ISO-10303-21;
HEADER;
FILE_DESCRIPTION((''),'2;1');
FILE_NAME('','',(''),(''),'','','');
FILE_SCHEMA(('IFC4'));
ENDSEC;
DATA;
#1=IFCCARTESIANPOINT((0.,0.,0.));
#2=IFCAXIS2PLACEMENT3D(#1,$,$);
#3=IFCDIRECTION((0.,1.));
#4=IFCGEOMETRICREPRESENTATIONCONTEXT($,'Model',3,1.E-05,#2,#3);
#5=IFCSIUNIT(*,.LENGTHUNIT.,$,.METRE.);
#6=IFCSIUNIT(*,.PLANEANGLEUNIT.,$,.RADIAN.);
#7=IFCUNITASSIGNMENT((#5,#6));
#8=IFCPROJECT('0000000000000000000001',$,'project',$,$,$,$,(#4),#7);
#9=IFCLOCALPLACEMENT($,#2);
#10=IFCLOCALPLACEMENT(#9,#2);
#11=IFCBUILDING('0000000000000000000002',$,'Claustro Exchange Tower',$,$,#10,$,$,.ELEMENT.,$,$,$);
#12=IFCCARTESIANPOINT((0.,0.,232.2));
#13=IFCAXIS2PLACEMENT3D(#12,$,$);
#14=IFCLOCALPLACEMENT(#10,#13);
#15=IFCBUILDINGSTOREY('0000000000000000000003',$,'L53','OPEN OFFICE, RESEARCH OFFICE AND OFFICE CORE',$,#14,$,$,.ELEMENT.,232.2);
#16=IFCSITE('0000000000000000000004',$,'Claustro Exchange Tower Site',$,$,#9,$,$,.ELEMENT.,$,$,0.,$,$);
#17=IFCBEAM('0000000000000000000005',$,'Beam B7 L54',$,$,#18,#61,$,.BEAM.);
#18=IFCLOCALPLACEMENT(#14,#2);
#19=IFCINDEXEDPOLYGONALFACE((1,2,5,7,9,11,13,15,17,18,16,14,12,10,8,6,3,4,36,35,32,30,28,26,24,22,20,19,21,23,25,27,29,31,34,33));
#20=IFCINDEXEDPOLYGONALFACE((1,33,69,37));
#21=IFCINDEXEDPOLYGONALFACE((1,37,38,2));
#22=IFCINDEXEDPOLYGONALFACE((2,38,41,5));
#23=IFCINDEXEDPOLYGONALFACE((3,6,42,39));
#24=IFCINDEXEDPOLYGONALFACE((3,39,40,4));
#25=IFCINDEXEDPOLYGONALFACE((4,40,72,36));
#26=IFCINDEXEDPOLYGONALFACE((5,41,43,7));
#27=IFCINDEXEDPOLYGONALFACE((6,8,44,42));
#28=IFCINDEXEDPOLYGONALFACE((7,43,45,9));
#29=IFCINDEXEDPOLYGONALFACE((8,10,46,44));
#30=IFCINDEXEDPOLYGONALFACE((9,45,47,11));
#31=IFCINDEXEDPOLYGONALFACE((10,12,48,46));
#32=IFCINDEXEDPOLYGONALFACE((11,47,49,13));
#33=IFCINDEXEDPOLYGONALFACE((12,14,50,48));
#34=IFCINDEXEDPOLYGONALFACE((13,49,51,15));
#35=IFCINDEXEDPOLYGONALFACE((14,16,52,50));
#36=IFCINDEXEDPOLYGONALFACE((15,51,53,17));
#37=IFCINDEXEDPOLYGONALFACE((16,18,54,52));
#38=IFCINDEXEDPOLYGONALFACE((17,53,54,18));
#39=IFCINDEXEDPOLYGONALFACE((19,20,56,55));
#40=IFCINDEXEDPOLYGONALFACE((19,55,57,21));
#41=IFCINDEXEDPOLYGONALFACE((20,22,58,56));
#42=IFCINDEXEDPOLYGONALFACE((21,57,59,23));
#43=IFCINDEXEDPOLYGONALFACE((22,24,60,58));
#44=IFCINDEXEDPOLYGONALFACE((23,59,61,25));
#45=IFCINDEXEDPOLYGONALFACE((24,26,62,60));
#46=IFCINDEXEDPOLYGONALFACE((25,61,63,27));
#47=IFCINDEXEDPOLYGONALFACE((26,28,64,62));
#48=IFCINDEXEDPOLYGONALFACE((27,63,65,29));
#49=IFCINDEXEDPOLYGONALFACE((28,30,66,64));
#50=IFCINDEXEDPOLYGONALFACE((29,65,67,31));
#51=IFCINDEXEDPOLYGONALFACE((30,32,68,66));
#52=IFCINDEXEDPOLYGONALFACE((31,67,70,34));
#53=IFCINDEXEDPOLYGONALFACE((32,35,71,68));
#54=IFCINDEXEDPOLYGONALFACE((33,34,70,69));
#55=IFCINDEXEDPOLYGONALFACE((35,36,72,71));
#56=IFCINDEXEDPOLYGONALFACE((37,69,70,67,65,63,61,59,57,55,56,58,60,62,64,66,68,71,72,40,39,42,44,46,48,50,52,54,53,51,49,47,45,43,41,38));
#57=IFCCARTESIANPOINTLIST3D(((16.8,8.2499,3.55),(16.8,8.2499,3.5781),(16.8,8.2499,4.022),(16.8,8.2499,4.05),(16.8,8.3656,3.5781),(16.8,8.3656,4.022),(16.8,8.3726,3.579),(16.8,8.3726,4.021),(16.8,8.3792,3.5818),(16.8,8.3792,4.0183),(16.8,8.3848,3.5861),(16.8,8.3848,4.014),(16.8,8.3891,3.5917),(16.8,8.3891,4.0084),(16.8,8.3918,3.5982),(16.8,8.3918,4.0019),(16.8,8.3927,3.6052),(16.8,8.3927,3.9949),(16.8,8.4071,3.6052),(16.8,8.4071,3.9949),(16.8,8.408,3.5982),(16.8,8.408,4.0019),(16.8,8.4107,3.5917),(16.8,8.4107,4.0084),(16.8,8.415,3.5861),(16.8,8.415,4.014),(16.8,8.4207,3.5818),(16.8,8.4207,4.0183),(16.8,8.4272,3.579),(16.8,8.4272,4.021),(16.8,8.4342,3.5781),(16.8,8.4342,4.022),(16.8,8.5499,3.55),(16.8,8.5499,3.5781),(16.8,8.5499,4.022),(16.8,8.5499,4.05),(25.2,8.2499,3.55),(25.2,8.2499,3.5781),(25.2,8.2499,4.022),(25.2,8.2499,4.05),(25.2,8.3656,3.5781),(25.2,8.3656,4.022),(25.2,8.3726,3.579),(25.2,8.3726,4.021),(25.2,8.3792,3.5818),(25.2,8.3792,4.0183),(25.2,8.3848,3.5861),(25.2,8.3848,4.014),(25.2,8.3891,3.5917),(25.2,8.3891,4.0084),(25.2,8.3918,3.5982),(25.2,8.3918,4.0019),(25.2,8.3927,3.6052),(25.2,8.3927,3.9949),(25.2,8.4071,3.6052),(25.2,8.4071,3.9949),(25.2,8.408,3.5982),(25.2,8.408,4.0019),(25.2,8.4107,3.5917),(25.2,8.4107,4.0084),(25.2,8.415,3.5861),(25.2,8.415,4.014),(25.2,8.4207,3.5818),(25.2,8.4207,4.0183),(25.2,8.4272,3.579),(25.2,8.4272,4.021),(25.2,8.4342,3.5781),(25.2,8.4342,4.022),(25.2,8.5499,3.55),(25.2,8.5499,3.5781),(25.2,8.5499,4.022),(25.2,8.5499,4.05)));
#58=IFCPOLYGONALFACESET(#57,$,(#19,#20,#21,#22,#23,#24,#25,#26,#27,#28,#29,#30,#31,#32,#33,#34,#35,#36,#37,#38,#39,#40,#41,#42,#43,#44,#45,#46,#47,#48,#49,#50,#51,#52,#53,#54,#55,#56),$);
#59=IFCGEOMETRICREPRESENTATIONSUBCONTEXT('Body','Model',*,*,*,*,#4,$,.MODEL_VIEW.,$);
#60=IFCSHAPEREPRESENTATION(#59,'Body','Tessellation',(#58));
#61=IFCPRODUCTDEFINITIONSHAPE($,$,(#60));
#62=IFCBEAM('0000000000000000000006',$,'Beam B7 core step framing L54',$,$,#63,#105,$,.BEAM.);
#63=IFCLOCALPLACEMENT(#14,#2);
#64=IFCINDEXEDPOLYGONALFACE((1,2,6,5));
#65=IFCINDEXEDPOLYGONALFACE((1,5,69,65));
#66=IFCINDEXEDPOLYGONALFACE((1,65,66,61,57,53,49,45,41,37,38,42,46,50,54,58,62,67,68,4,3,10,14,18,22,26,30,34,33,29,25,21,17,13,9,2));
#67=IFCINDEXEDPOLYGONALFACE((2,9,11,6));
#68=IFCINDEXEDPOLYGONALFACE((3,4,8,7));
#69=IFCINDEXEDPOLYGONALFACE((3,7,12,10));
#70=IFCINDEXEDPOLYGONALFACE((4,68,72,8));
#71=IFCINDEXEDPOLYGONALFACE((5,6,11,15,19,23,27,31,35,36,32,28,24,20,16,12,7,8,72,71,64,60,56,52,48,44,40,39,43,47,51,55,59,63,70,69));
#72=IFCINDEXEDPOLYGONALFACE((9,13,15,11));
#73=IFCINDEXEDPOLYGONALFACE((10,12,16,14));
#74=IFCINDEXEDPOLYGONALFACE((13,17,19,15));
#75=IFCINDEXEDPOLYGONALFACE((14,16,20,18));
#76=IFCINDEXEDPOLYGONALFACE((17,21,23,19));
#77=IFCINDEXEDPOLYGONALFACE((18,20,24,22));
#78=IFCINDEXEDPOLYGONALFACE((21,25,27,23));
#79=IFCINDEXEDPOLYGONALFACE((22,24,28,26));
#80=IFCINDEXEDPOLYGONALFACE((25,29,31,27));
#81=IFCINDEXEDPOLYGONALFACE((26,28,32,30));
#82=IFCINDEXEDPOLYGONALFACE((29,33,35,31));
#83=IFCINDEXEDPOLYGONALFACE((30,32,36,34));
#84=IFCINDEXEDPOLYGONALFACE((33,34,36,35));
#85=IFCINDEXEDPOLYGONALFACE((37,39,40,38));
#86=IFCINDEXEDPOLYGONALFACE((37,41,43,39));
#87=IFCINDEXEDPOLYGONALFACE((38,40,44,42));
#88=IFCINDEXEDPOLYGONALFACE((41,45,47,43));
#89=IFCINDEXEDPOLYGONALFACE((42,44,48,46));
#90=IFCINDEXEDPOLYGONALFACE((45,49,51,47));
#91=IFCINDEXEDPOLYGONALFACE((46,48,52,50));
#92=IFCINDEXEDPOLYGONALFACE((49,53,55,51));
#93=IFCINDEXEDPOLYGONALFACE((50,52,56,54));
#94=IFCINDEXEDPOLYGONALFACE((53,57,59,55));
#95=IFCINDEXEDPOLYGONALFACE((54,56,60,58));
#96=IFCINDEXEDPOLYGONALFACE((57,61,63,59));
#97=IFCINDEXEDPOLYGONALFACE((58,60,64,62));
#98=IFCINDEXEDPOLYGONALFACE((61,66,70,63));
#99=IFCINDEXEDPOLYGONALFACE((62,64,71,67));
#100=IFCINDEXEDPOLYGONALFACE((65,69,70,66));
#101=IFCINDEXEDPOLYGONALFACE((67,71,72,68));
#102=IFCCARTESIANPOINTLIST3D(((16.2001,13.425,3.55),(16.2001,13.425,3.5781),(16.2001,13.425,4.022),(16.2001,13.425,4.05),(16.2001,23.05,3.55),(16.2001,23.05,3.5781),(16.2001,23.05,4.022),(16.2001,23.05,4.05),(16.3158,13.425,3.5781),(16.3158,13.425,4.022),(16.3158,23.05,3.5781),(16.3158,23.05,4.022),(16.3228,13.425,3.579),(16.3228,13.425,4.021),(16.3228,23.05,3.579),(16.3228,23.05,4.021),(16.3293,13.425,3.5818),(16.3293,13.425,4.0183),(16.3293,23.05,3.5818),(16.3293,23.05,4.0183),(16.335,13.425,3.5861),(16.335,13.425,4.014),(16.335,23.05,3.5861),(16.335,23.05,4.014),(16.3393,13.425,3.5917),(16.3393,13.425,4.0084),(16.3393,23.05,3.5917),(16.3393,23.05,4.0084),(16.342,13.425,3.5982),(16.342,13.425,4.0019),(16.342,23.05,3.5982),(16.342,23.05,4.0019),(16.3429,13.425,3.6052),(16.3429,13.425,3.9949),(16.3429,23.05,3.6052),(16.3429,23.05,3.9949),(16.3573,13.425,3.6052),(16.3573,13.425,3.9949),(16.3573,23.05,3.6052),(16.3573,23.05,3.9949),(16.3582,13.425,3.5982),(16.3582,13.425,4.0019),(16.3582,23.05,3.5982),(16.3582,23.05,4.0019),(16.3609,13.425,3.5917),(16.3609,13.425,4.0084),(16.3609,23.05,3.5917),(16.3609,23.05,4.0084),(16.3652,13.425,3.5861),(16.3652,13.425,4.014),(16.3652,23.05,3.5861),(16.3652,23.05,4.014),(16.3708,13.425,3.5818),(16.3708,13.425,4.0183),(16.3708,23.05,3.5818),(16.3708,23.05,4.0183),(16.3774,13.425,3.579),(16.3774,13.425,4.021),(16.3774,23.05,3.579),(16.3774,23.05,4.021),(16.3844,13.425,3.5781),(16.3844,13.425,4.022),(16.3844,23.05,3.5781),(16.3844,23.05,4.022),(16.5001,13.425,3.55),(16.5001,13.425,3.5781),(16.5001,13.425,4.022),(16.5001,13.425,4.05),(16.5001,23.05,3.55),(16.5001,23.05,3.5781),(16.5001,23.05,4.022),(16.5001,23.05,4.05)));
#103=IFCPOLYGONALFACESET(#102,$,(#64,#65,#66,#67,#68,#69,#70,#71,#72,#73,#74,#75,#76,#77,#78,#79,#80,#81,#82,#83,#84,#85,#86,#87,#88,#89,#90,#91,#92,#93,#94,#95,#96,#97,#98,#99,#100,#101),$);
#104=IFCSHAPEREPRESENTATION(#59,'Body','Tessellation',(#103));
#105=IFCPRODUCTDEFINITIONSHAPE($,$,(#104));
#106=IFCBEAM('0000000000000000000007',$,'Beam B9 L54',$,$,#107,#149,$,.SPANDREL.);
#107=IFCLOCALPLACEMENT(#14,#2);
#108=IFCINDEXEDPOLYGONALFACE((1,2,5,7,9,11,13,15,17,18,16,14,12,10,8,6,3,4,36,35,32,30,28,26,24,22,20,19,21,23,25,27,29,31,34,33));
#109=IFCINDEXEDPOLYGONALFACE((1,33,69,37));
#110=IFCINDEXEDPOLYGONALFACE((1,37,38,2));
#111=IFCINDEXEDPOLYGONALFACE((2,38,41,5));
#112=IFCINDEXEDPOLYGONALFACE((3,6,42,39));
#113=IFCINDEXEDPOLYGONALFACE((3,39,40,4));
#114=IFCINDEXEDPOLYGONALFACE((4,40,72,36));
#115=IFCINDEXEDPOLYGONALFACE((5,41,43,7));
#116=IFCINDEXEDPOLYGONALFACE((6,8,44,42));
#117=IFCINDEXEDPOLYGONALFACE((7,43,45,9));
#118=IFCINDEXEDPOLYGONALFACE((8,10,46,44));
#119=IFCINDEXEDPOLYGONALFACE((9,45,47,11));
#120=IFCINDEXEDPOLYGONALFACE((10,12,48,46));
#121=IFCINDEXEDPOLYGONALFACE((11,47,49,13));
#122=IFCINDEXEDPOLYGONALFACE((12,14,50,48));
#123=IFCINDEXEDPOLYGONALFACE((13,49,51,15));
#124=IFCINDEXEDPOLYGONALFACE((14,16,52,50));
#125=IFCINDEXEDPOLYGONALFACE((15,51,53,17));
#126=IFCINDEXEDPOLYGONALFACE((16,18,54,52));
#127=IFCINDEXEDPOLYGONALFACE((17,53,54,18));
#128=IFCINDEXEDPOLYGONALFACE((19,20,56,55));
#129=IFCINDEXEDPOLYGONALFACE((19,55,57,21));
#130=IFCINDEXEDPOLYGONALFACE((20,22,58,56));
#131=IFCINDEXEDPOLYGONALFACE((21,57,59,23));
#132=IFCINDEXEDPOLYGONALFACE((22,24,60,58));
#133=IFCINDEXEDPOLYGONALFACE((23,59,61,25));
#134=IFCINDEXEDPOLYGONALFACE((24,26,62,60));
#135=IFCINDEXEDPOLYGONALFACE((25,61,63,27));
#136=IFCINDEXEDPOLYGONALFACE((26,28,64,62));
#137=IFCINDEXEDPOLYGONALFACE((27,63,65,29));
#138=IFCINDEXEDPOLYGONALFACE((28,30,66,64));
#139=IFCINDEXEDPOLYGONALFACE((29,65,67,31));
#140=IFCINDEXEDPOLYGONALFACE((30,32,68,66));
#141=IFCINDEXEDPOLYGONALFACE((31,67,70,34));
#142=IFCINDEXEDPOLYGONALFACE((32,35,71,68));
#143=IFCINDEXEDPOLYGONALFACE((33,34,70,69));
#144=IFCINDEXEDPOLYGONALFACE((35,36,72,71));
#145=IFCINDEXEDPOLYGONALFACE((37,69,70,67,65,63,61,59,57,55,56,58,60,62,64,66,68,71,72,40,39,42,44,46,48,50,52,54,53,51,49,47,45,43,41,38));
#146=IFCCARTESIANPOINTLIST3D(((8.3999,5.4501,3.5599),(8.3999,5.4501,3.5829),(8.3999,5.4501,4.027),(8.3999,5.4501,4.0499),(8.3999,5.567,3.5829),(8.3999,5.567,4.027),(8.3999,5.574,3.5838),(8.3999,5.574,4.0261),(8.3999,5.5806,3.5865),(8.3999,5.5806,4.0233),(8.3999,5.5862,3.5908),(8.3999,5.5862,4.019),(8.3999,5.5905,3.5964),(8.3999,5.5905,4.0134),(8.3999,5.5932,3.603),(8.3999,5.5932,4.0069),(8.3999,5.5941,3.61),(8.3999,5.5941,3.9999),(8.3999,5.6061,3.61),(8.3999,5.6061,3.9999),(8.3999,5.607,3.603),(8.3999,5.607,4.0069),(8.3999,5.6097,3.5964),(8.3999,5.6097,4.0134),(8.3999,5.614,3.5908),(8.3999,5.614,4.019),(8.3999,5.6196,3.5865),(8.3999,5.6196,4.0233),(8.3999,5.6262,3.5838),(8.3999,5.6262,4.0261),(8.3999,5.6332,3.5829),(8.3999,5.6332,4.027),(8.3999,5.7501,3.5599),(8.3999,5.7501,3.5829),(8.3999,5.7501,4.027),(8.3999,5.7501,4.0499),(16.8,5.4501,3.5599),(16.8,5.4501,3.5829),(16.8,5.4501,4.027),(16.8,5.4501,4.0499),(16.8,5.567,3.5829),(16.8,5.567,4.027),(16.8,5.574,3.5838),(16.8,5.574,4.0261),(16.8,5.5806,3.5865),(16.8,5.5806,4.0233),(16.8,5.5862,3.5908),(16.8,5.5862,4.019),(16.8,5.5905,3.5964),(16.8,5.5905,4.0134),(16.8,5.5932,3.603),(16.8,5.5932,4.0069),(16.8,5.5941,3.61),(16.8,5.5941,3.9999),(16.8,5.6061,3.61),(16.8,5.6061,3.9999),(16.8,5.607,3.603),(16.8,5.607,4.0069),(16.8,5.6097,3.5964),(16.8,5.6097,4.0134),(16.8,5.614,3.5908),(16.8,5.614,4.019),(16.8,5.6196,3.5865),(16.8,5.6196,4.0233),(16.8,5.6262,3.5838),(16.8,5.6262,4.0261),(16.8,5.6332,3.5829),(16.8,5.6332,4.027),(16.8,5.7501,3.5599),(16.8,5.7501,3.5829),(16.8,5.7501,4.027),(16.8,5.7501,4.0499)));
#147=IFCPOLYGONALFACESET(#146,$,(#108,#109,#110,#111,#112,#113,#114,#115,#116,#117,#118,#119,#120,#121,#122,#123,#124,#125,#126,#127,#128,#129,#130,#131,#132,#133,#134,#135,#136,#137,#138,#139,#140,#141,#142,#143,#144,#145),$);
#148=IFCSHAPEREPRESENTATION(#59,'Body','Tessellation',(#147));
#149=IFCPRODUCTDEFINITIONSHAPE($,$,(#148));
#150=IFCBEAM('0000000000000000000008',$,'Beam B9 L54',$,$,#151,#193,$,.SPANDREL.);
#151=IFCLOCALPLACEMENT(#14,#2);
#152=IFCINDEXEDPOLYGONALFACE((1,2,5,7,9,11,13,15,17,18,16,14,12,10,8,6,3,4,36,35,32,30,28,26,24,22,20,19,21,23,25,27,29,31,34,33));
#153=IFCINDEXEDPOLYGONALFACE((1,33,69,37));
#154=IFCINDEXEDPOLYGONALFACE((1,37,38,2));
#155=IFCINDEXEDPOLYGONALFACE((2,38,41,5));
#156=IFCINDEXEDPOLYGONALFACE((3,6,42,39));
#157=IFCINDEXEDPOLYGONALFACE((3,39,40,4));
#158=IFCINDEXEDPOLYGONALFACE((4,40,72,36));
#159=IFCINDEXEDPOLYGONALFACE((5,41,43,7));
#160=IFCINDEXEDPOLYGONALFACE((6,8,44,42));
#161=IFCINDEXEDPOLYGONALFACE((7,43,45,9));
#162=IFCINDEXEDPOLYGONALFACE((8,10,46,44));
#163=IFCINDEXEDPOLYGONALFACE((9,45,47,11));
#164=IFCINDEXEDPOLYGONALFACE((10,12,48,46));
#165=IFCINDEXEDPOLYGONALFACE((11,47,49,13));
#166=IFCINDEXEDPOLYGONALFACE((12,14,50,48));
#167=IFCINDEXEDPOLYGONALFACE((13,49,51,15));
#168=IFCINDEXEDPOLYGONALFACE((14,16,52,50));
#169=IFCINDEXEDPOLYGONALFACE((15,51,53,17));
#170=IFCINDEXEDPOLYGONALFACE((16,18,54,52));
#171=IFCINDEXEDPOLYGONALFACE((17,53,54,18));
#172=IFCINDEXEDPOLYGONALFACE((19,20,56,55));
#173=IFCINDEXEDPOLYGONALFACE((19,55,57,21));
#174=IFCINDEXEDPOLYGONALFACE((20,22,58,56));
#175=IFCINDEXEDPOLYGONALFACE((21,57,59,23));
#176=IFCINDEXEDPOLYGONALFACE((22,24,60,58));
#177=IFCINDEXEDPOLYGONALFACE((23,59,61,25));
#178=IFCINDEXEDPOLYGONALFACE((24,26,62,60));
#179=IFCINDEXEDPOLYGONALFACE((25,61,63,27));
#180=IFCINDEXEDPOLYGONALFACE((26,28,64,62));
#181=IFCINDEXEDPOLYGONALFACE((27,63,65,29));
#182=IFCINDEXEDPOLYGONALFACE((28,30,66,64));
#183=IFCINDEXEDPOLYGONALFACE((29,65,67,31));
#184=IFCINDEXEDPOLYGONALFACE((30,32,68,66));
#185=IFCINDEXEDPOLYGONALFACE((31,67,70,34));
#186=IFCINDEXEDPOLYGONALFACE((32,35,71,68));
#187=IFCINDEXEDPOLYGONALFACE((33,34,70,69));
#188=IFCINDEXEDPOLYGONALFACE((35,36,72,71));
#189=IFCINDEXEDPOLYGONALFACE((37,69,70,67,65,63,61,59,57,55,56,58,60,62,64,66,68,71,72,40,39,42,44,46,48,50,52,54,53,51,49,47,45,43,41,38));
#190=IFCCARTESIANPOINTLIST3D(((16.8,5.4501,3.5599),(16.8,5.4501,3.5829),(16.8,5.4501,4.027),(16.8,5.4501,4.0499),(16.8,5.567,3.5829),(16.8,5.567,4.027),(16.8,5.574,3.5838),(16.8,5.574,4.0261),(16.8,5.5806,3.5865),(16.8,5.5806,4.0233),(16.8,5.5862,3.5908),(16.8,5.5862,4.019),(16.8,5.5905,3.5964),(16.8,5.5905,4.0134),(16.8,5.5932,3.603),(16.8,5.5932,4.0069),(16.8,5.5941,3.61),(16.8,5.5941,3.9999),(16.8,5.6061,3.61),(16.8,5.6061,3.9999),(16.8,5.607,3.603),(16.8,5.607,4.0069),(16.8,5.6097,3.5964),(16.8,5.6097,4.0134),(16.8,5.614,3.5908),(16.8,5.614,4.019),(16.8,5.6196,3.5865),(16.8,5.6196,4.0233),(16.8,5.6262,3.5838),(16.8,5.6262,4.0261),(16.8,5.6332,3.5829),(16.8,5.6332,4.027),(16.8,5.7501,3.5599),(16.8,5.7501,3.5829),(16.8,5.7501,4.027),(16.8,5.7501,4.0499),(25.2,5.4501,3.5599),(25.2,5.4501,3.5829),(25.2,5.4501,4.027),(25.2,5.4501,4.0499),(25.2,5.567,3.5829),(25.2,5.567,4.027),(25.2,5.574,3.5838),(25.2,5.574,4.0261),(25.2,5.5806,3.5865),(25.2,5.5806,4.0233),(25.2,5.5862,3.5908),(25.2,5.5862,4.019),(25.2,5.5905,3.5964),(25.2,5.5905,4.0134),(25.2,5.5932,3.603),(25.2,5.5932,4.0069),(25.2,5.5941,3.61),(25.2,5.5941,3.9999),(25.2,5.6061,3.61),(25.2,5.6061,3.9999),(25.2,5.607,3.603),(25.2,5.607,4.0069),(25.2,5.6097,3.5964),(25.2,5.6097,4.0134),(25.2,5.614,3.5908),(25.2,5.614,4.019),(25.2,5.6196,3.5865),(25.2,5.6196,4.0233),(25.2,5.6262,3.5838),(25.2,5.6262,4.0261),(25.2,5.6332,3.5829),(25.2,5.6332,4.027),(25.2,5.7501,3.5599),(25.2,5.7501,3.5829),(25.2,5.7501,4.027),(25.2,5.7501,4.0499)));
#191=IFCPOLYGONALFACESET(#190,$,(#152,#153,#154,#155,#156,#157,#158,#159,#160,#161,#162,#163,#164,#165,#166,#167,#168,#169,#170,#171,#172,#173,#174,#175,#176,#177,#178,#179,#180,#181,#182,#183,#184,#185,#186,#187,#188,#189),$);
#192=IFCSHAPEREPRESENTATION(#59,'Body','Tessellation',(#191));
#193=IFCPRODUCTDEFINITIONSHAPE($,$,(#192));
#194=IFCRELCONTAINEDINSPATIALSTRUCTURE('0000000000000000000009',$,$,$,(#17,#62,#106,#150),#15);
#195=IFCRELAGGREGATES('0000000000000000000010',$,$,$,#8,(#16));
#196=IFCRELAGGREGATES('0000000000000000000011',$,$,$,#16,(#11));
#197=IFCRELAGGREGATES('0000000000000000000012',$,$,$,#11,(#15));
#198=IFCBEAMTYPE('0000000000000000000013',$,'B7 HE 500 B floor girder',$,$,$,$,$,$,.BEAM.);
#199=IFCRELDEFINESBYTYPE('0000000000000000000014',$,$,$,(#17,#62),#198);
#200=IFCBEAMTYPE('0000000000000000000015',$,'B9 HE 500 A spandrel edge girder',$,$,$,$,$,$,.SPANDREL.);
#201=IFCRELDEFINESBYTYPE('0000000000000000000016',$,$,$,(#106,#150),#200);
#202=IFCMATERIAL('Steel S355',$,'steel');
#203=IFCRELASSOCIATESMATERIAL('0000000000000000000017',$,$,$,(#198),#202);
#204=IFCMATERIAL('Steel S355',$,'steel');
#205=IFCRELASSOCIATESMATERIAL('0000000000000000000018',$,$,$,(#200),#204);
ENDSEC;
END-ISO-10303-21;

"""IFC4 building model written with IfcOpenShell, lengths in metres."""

from ifc_helpers import new_model, si_unit, direction, frame, origin, origin_2d, place, context, subcontext, project, spatial, i_section, extrude, material, material_profile, profile_set, type_object, element, save


model = new_model("IFC4")

# Units and contexts
model_context = context("Model", 3, precision=1e-05, world=origin(), true_north=direction((0.0, 1.0)))
body_context = subcontext(model_context, "Body", "Model", "MODEL_VIEW")
ifc_project = project(units=[si_unit("LENGTHUNIT", "METRE"), si_unit("PLANEANGLEUNIT", "RADIAN")], contexts=[model_context])

# Site, building, storey
site_placement = place(None, origin())
site = spatial("IfcSite", under=ifc_project, at=site_placement, Name="Claustro Exchange Tower Site", CompositionType="ELEMENT", RefElevation=0.0)
building_placement = place(site_placement, origin())
building = spatial("IfcBuilding", under=site, at=building_placement, Name="Claustro Exchange Tower", CompositionType="ELEMENT")
storey_placement = place(building_placement, frame((0.0, 0.0, 232.2)))
storey = spatial("IfcBuildingStorey", under=building, at=storey_placement, Name="L53", Description="OPEN OFFICE, RESEARCH OFFICE AND OFFICE CORE", CompositionType="ELEMENT", Elevation=232.2)

# Beams
ifc_material_1 = material(Name="Steel S355", Category="steel")
ifc_material_profile_1 = material_profile(ifc_material_1, i_section(OverallWidth=0.3, OverallDepth=0.5, WebThickness=0.0144, FlangeThickness=0.0281, FilletRadius=0.0271, at=origin_2d()), Name="HE 500 B")
ifc_profile_set_1 = profile_set([ifc_material_profile_1], Name="Steel S355")
beam_type_1 = type_object("IfcBeamType", Name="B7 HE 500 B floor girder", PredefinedType="BEAM", material=ifc_profile_set_1)
beam_1_placement = place(storey_placement, frame((16.8, 8.3999, 3.8), z_axis=(1.0, 0.0, 0.0), x_axis=(0.0, 1.0, 0.0)))
element("IfcBeam", 1, at=beam_1_placement, inside=storey, type_object=beam_type_1, Name="Beam B7 L54", PredefinedType="BEAM", context=body_context, shape_type="SweptSolid", body=[
    extrude(i_section(OverallWidth=0.3, OverallDepth=0.5, WebThickness=0.0144, FlangeThickness=0.0281, FilletRadius=0.0271, at=origin_2d()), origin(), (0.0, 0.0, 1.0), 8.3999),
])
beam_2_placement = place(storey_placement, frame((16.3501, 13.425, 3.8), z_axis=(0.0, 1.0, 0.0), x_axis=(-1.0, 0.0, 0.0)))
element("IfcBeam", 2, at=beam_2_placement, inside=storey, type_object=beam_type_1, Name="Beam B7 core step framing L54", PredefinedType="BEAM", context=body_context, shape_type="SweptSolid", body=[
    extrude(i_section(OverallWidth=0.3, OverallDepth=0.5, WebThickness=0.0144, FlangeThickness=0.0281, FilletRadius=0.0271, at=origin_2d()), origin(), (0.0, 0.0, 1.0), 9.625),
])
ifc_material_2 = material(Name="Steel S355", Category="steel")
ifc_material_profile_2 = material_profile(ifc_material_2, i_section(OverallWidth=0.3, OverallDepth=0.49, WebThickness=0.012, FlangeThickness=0.0229, FilletRadius=0.0271, at=origin_2d()), Name="HE 500 A")
ifc_profile_set_2 = profile_set([ifc_material_profile_2], Name="Steel S355")
beam_type_2 = type_object("IfcBeamType", Name="B9 HE 500 A spandrel edge girder", PredefinedType="SPANDREL", material=ifc_profile_set_2)
beam_3_placement = place(storey_placement, frame((8.3999, 5.6001, 3.8049), z_axis=(1.0, 0.0, 0.0), x_axis=(0.0, 1.0, 0.0)))
element("IfcBeam", 3, at=beam_3_placement, inside=storey, type_object=beam_type_2, Name="Beam B9 L54", PredefinedType="SPANDREL", context=body_context, shape_type="SweptSolid", body=[
    extrude(i_section(OverallWidth=0.3, OverallDepth=0.49, WebThickness=0.012, FlangeThickness=0.0229, FilletRadius=0.0271, at=origin_2d()), origin(), (0.0, 0.0, 1.0), 8.4001),
])
beam_4_placement = place(storey_placement, frame((16.8, 5.6001, 3.8049), z_axis=(1.0, 0.0, 0.0), x_axis=(0.0, 1.0, 0.0)))
element("IfcBeam", 4, at=beam_4_placement, inside=storey, type_object=beam_type_2, Name="Beam B9 L54", PredefinedType="SPANDREL", context=body_context, shape_type="SweptSolid", body=[
    extrude(i_section(OverallWidth=0.3, OverallDepth=0.49, WebThickness=0.012, FlangeThickness=0.0229, FilletRadius=0.0271, at=origin_2d()), origin(), (0.0, 0.0, 1.0), 8.3999),
])

save(model, "model.ifc")
